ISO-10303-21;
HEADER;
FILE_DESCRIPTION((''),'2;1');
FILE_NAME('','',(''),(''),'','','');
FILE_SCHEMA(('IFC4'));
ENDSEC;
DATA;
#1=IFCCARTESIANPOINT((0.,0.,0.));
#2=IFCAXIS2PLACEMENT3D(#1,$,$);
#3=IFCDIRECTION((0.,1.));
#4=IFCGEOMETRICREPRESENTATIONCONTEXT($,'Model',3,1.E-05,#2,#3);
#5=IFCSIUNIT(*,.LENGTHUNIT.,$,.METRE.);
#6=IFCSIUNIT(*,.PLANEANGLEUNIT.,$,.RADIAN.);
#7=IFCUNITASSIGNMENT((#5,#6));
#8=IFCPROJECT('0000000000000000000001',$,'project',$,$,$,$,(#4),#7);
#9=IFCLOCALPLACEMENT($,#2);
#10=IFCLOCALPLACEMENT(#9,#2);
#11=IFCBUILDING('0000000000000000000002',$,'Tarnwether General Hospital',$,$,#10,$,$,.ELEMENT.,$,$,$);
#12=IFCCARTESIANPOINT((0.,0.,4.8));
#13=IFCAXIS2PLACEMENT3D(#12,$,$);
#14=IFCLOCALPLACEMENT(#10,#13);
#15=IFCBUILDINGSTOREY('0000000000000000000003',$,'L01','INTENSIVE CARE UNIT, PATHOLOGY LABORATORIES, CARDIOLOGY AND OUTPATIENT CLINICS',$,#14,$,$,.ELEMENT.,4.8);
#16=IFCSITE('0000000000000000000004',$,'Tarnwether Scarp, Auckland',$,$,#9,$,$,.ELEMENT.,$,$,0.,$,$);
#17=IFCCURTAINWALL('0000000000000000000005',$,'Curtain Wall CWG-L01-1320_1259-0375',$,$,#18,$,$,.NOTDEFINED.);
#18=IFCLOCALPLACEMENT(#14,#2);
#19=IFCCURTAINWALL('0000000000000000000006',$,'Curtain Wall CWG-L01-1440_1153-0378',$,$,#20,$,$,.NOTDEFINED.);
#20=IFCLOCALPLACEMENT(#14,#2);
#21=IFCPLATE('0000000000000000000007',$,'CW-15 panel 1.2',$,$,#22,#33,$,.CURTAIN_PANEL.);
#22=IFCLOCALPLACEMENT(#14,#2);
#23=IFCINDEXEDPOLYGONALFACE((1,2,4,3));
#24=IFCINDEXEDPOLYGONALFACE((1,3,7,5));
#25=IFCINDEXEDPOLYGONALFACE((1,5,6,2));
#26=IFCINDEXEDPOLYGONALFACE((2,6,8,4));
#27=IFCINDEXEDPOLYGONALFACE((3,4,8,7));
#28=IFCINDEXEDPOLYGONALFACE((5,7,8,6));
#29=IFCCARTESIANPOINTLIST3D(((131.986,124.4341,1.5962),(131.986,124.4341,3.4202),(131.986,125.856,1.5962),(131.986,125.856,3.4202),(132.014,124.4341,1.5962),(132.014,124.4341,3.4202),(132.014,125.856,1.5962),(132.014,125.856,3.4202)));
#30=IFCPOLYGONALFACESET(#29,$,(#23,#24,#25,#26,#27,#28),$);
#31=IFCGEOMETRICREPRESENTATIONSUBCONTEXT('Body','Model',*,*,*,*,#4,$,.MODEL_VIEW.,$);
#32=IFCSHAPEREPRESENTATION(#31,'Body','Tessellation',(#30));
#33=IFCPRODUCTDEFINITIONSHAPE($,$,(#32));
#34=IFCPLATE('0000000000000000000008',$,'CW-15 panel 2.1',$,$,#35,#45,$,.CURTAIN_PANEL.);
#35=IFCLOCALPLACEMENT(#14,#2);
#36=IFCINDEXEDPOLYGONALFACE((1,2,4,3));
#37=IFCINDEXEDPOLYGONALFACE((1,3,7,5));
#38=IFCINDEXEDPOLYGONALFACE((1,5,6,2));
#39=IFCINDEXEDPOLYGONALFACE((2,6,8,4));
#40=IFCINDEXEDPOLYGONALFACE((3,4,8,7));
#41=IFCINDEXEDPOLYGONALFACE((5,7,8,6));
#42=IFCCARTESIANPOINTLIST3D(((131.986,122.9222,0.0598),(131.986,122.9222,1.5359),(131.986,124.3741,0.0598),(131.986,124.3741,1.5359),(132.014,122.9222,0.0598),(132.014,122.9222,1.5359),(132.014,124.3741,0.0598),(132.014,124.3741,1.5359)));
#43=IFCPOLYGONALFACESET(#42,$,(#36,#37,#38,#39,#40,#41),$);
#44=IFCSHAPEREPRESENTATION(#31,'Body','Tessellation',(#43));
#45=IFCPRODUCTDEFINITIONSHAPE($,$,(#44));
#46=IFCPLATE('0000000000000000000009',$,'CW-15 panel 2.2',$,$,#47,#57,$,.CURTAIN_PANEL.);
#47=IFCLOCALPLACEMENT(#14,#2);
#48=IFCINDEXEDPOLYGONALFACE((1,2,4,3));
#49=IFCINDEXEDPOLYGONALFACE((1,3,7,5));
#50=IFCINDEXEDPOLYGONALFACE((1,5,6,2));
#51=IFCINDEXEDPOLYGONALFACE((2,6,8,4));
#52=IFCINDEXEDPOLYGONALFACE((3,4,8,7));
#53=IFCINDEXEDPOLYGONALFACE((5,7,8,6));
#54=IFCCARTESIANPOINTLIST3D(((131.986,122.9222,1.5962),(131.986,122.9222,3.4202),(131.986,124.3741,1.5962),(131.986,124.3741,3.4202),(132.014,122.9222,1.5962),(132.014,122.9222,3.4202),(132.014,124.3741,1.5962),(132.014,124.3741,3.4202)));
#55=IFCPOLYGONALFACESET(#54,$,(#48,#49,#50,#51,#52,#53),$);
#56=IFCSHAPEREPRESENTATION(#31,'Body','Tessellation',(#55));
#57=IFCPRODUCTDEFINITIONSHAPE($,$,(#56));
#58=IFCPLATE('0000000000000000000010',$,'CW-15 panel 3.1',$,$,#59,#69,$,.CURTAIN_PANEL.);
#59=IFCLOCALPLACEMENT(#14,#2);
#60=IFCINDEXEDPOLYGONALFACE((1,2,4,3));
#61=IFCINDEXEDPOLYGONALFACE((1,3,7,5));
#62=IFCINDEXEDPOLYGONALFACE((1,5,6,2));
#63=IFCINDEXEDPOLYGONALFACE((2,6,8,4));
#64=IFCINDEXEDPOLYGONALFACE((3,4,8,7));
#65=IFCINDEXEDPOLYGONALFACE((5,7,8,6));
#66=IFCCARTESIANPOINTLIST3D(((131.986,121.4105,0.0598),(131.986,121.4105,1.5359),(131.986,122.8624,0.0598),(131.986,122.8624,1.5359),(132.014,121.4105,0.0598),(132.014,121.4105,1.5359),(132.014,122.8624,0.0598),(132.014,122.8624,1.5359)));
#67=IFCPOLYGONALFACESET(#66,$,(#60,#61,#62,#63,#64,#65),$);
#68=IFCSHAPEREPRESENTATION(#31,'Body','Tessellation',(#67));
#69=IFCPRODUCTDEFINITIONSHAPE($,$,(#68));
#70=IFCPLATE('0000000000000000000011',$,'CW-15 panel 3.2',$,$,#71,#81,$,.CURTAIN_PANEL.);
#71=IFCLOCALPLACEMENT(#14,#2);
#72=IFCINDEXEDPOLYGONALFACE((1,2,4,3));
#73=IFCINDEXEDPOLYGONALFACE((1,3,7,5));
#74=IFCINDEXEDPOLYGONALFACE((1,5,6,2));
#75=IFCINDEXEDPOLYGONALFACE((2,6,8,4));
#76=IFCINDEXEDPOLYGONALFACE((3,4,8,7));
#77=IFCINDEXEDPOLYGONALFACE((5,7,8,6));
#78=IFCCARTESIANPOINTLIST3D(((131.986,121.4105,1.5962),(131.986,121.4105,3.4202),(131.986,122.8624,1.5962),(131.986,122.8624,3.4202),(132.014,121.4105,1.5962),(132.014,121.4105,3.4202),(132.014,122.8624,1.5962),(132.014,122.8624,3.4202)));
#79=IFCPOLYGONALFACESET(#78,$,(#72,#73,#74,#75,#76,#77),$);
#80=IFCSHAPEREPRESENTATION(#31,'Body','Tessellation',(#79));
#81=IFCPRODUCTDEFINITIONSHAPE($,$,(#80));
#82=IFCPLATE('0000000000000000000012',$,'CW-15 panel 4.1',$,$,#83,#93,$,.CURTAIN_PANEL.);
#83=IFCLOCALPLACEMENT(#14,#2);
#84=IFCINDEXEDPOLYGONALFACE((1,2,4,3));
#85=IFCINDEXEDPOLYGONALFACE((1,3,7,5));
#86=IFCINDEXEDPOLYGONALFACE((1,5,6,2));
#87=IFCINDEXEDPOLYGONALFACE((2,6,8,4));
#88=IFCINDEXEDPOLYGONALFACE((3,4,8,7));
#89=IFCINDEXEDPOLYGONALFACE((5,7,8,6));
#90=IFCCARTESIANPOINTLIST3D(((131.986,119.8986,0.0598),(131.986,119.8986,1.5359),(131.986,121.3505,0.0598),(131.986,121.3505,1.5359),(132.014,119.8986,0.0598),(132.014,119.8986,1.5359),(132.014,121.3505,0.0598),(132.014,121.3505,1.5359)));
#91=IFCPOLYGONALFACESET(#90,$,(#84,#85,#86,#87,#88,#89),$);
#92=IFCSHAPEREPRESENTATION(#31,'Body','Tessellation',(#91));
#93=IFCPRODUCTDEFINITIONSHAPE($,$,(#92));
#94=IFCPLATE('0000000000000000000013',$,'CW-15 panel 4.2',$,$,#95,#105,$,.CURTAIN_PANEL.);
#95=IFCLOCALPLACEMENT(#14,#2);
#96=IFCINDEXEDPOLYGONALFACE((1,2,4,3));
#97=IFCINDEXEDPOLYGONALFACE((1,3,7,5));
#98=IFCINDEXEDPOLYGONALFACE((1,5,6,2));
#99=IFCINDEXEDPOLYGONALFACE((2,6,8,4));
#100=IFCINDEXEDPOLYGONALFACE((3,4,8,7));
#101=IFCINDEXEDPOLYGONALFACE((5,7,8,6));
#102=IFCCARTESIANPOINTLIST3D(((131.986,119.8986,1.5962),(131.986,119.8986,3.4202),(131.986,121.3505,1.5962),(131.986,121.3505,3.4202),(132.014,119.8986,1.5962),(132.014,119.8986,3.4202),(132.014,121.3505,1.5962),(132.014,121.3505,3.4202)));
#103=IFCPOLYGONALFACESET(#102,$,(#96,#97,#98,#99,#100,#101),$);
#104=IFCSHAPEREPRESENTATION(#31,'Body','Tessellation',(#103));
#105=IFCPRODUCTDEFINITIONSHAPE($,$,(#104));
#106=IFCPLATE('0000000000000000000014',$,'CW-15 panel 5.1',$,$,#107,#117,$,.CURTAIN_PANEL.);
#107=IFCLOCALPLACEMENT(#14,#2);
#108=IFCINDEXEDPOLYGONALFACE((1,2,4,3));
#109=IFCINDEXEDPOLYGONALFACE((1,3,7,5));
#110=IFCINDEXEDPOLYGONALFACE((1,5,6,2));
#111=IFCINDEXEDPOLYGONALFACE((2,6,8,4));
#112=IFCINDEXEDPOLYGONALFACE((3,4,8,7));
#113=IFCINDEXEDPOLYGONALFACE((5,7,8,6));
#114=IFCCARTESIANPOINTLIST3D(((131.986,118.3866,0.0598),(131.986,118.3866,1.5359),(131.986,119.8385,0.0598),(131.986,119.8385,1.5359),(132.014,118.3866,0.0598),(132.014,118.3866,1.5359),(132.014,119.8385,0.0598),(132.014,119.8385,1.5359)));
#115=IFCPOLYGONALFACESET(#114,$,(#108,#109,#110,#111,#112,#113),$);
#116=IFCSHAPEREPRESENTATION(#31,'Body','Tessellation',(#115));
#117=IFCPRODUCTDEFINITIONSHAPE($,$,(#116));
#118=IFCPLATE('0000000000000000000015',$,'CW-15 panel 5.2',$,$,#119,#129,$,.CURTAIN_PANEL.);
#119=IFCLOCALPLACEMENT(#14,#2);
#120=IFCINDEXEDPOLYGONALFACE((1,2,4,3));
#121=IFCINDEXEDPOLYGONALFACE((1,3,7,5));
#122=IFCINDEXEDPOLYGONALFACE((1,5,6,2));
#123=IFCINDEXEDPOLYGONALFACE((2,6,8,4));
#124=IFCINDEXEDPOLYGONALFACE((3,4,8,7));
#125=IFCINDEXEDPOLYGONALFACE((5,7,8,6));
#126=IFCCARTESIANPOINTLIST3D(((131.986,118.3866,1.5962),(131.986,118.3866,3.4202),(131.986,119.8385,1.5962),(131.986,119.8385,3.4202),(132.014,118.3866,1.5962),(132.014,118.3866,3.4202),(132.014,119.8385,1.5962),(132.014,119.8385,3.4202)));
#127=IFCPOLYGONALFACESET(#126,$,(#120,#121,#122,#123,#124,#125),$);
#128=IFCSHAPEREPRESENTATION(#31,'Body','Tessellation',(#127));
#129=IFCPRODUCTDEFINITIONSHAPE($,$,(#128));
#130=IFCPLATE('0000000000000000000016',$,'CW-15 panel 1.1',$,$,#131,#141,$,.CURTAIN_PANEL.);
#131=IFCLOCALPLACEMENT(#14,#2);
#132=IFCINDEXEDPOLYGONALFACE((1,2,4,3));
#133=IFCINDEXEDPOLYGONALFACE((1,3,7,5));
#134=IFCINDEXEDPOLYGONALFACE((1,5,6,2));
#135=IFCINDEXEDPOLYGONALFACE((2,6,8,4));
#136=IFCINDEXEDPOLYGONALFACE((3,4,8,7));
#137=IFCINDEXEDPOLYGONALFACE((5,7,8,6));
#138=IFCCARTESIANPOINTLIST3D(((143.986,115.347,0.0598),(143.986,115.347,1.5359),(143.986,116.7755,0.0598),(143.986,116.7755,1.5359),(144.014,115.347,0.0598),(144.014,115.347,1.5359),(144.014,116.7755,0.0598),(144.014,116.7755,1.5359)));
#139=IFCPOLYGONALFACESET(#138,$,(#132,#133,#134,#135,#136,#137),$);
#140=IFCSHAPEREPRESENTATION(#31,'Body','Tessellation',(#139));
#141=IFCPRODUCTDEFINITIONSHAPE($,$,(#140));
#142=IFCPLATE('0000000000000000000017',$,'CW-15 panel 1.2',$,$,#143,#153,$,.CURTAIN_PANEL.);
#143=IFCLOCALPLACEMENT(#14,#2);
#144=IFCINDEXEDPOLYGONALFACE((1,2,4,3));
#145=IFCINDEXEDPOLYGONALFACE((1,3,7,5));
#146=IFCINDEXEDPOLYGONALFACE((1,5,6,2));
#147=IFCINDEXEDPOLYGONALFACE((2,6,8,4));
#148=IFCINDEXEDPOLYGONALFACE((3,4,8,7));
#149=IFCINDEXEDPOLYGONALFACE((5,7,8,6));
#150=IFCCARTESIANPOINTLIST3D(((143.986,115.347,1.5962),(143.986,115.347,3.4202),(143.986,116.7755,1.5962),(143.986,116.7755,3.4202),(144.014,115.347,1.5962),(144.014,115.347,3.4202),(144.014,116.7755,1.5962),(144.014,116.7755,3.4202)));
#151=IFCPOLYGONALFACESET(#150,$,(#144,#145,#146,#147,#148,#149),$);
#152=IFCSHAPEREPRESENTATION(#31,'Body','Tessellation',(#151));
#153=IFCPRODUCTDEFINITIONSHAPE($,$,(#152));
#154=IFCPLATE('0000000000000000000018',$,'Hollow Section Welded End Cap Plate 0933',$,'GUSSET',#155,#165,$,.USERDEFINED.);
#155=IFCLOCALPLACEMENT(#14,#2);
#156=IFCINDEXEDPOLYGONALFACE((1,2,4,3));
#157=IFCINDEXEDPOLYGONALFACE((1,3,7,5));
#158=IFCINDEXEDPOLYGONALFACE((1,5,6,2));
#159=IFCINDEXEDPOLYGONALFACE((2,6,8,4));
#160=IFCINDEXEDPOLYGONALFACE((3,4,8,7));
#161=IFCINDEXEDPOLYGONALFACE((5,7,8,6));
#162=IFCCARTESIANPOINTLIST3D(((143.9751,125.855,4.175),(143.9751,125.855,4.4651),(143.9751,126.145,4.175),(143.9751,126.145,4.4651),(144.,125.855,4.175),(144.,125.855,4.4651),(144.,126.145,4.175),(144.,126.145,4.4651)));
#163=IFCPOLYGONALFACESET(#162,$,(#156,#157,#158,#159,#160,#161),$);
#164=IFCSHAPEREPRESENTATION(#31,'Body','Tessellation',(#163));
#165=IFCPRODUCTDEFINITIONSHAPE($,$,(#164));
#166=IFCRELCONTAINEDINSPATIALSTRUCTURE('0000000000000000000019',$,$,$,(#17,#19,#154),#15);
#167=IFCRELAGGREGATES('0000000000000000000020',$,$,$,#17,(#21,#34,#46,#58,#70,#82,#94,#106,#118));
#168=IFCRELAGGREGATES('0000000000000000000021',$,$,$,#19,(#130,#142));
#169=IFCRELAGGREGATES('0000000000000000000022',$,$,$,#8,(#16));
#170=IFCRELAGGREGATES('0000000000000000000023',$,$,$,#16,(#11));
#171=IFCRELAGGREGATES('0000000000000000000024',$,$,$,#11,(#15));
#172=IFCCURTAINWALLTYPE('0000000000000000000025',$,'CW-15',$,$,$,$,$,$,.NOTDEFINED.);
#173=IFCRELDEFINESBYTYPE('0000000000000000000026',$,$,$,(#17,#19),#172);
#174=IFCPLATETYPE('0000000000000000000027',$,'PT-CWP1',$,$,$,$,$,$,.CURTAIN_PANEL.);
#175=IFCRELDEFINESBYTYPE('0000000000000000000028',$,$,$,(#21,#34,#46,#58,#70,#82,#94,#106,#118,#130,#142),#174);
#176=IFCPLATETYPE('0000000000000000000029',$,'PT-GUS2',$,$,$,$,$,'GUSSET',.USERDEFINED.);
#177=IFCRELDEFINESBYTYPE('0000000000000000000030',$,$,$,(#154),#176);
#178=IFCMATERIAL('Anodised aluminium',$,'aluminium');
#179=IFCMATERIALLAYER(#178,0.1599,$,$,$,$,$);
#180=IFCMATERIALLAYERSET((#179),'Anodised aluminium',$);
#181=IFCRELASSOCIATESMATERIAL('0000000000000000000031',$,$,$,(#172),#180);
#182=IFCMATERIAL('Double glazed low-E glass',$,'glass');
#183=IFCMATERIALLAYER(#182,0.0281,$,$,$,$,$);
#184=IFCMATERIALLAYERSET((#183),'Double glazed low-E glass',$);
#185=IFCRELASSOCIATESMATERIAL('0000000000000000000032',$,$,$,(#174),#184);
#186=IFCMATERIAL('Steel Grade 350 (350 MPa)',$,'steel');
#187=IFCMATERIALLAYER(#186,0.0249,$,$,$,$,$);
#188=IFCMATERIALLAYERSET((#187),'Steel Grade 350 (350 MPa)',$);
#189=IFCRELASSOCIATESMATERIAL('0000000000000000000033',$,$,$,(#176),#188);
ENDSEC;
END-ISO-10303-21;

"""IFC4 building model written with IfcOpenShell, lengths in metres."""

from ifc_helpers import new_model, si_unit, direction, frame, origin, origin_2d, place, context, subcontext, project, spatial, rectangle, extrude, material, layer, layer_set, type_object, element, aggregate, save


model = new_model("IFC4")

# Units and contexts
model_context = context("Model", 3, precision=1e-05, world=origin(), true_north=direction((0.0, 1.0)))
body_context = subcontext(model_context, "Body", "Model", "MODEL_VIEW")
ifc_project = project(units=[si_unit("LENGTHUNIT", "METRE"), si_unit("PLANEANGLEUNIT", "RADIAN")], contexts=[model_context])

# Site, building, storey
site_placement = place(None, origin())
site = spatial("IfcSite", under=ifc_project, at=site_placement, Name="Tarnwether Scarp, Auckland", CompositionType="ELEMENT", RefElevation=0.0)
building_placement = place(site_placement, origin())
building = spatial("IfcBuilding", under=site, at=building_placement, Name="Tarnwether General Hospital", CompositionType="ELEMENT")
storey_placement = place(building_placement, frame((0.0, 0.0, 4.8)))
storey = spatial("IfcBuildingStorey", under=building, at=storey_placement, Name="L01", Description="INTENSIVE CARE UNIT, PATHOLOGY LABORATORIES, CARDIOLOGY AND OUTPATIENT CLINICS", CompositionType="ELEMENT", Elevation=4.8)

# Curtain wall
ifc_material_1 = material(Name="Anodised aluminium", Category="aluminium")
ifc_layer_1 = layer(ifc_material_1, 0.1599)
ifc_layer_set_1 = layer_set([ifc_layer_1], Name="Anodised aluminium")
curtain_wall_type = type_object("IfcCurtainWallType", Name="CW-15", PredefinedType="NOTDEFINED", material=ifc_layer_set_1)
curtain_wall_1_placement = place(storey_placement, origin())
curtain_wall_1 = element("IfcCurtainWall", 1, at=curtain_wall_1_placement, inside=storey, type_object=curtain_wall_type, Name="Curtain Wall CWG-L01-1320_1259-0375", PredefinedType="NOTDEFINED")

# Curtain wall
curtain_wall_2_placement = place(storey_placement, origin())
curtain_wall_2 = element("IfcCurtainWall", 2, at=curtain_wall_2_placement, inside=storey, type_object=curtain_wall_type, Name="Curtain Wall CWG-L01-1440_1153-0378", PredefinedType="NOTDEFINED")

# Plates
ifc_material_2 = material(Name="Double glazed low-E glass", Category="glass")
ifc_layer_2 = layer(ifc_material_2, 0.0281)
ifc_layer_set_2 = layer_set([ifc_layer_2], Name="Double glazed low-E glass")
plate_type_1 = type_object("IfcPlateType", Name="PT-CWP1", PredefinedType="CURTAIN_PANEL", material=ifc_layer_set_2)
plate_1_placement = place(storey_placement, frame((132.0, 125.145, 1.5962), z_axis=(0.0, 0.0, 1.0), x_axis=(0.0, -1.0, 0.0)))
plate_1 = element("IfcPlate", 3, at=plate_1_placement, type_object=plate_type_1, Name="CW-15 panel 1.2", PredefinedType="CURTAIN_PANEL", context=body_context, shape_type="SweptSolid", body=[
    extrude(rectangle(XDim=1.4219, YDim=0.0281, at=origin_2d()), origin(), (0.0, 0.0, 1.0), 1.824),
])
plate_2_placement = place(storey_placement, frame((132.0, 123.6482, 0.0598), z_axis=(0.0, 0.0, 1.0), x_axis=(0.0, -1.0, 0.0)))
plate_2 = element("IfcPlate", 4, at=plate_2_placement, type_object=plate_type_1, Name="CW-15 panel 2.1", PredefinedType="CURTAIN_PANEL", context=body_context, shape_type="SweptSolid", body=[
    extrude(rectangle(XDim=1.4519, YDim=0.0281, at=origin_2d()), origin(), (0.0, 0.0, 1.0), 1.4761),
])
plate_3_placement = place(storey_placement, frame((132.0, 123.6482, 1.5962), z_axis=(0.0, 0.0, 1.0), x_axis=(0.0, -1.0, 0.0)))
plate_3 = element("IfcPlate", 5, at=plate_3_placement, type_object=plate_type_1, Name="CW-15 panel 2.2", PredefinedType="CURTAIN_PANEL", context=body_context, shape_type="SweptSolid", body=[
    extrude(rectangle(XDim=1.4519, YDim=0.0281, at=origin_2d()), origin(), (0.0, 0.0, 1.0), 1.824),
])
plate_4_placement = place(storey_placement, frame((132.0, 122.1365, 0.0598), z_axis=(0.0, 0.0, 1.0), x_axis=(0.0, -1.0, 0.0)))
plate_4 = element("IfcPlate", 6, at=plate_4_placement, type_object=plate_type_1, Name="CW-15 panel 3.1", PredefinedType="CURTAIN_PANEL", context=body_context, shape_type="SweptSolid", body=[
    extrude(rectangle(XDim=1.4519, YDim=0.0281, at=origin_2d()), origin(), (0.0, 0.0, 1.0), 1.4761),
])
plate_5_placement = place(storey_placement, frame((132.0, 122.1365, 1.5962), z_axis=(0.0, 0.0, 1.0), x_axis=(0.0, -1.0, 0.0)))
plate_5 = element("IfcPlate", 7, at=plate_5_placement, type_object=plate_type_1, Name="CW-15 panel 3.2", PredefinedType="CURTAIN_PANEL", context=body_context, shape_type="SweptSolid", body=[
    extrude(rectangle(XDim=1.4519, YDim=0.0281, at=origin_2d()), origin(), (0.0, 0.0, 1.0), 1.824),
])
plate_6_placement = place(storey_placement, frame((132.0, 120.6245, 0.0598), z_axis=(0.0, 0.0, 1.0), x_axis=(0.0, -1.0, 0.0)))
plate_6 = element("IfcPlate", 8, at=plate_6_placement, type_object=plate_type_1, Name="CW-15 panel 4.1", PredefinedType="CURTAIN_PANEL", context=body_context, shape_type="SweptSolid", body=[
    extrude(rectangle(XDim=1.4519, YDim=0.0281, at=origin_2d()), origin(), (0.0, 0.0, 1.0), 1.4761),
])
plate_7_placement = place(storey_placement, frame((132.0, 120.6245, 1.5962), z_axis=(0.0, 0.0, 1.0), x_axis=(0.0, -1.0, 0.0)))
plate_7 = element("IfcPlate", 9, at=plate_7_placement, type_object=plate_type_1, Name="CW-15 panel 4.2", PredefinedType="CURTAIN_PANEL", context=body_context, shape_type="SweptSolid", body=[
    extrude(rectangle(XDim=1.4519, YDim=0.0281, at=origin_2d()), origin(), (0.0, 0.0, 1.0), 1.824),
])
plate_8_placement = place(storey_placement, frame((132.0, 119.1125, 0.0598), z_axis=(0.0, 0.0, 1.0), x_axis=(0.0, -1.0, 0.0)))
plate_8 = element("IfcPlate", 10, at=plate_8_placement, type_object=plate_type_1, Name="CW-15 panel 5.1", PredefinedType="CURTAIN_PANEL", context=body_context, shape_type="SweptSolid", body=[
    extrude(rectangle(XDim=1.4519, YDim=0.0281, at=origin_2d()), origin(), (0.0, 0.0, 1.0), 1.4761),
])
plate_9_placement = place(storey_placement, frame((132.0, 119.1125, 1.5962), z_axis=(0.0, 0.0, 1.0), x_axis=(0.0, -1.0, 0.0)))
plate_9 = element("IfcPlate", 11, at=plate_9_placement, type_object=plate_type_1, Name="CW-15 panel 5.2", PredefinedType="CURTAIN_PANEL", context=body_context, shape_type="SweptSolid", body=[
    extrude(rectangle(XDim=1.4519, YDim=0.0281, at=origin_2d()), origin(), (0.0, 0.0, 1.0), 1.824),
])
aggregate(curtain_wall_1, [plate_1, plate_2, plate_3, plate_4, plate_5, plate_6, plate_7, plate_8, plate_9])
plate_10_placement = place(storey_placement, frame((144.0, 116.0613, 0.0598), z_axis=(0.0, 0.0, 1.0), x_axis=(0.0, 1.0, 0.0)))
plate_10 = element("IfcPlate", 12, at=plate_10_placement, type_object=plate_type_1, Name="CW-15 panel 1.1", PredefinedType="CURTAIN_PANEL", context=body_context, shape_type="SweptSolid", body=[
    extrude(rectangle(XDim=1.4285, YDim=0.0281, at=origin_2d()), origin(), (0.0, 0.0, 1.0), 1.4761),
])
plate_11_placement = place(storey_placement, frame((144.0, 116.0613, 1.5962), z_axis=(0.0, 0.0, 1.0), x_axis=(0.0, 1.0, 0.0)))
plate_11 = element("IfcPlate", 13, at=plate_11_placement, type_object=plate_type_1, Name="CW-15 panel 1.2", PredefinedType="CURTAIN_PANEL", context=body_context, shape_type="SweptSolid", body=[
    extrude(rectangle(XDim=1.4285, YDim=0.0281, at=origin_2d()), origin(), (0.0, 0.0, 1.0), 1.824),
])
aggregate(curtain_wall_2, [plate_10, plate_11])
ifc_material_3 = material(Name="Steel Grade 350 (350 MPa)", Category="steel")
ifc_layer_3 = layer(ifc_material_3, 0.0249)
ifc_layer_set_3 = layer_set([ifc_layer_3], Name="Steel Grade 350 (350 MPa)")
plate_type_2 = type_object("IfcPlateType", Name="PT-GUS2", ElementType="GUSSET", PredefinedType="USERDEFINED", material=ifc_layer_set_3)
plate_12_placement = place(storey_placement, frame((143.9875, 126.0, 4.175), z_axis=(0.0, 0.0, 1.0), x_axis=(1.0, 0.0, 0.0)))
element("IfcPlate", 14, at=plate_12_placement, inside=storey, type_object=plate_type_2, Name="Hollow Section Welded End Cap Plate 0933", ObjectType="GUSSET", PredefinedType="USERDEFINED", context=body_context, shape_type="SweptSolid", body=[
    extrude(rectangle(XDim=0.0249, YDim=0.29, at=origin_2d()), origin(), (0.0, 0.0, 1.0), 0.29),
])

save(model, "model.ifc")
